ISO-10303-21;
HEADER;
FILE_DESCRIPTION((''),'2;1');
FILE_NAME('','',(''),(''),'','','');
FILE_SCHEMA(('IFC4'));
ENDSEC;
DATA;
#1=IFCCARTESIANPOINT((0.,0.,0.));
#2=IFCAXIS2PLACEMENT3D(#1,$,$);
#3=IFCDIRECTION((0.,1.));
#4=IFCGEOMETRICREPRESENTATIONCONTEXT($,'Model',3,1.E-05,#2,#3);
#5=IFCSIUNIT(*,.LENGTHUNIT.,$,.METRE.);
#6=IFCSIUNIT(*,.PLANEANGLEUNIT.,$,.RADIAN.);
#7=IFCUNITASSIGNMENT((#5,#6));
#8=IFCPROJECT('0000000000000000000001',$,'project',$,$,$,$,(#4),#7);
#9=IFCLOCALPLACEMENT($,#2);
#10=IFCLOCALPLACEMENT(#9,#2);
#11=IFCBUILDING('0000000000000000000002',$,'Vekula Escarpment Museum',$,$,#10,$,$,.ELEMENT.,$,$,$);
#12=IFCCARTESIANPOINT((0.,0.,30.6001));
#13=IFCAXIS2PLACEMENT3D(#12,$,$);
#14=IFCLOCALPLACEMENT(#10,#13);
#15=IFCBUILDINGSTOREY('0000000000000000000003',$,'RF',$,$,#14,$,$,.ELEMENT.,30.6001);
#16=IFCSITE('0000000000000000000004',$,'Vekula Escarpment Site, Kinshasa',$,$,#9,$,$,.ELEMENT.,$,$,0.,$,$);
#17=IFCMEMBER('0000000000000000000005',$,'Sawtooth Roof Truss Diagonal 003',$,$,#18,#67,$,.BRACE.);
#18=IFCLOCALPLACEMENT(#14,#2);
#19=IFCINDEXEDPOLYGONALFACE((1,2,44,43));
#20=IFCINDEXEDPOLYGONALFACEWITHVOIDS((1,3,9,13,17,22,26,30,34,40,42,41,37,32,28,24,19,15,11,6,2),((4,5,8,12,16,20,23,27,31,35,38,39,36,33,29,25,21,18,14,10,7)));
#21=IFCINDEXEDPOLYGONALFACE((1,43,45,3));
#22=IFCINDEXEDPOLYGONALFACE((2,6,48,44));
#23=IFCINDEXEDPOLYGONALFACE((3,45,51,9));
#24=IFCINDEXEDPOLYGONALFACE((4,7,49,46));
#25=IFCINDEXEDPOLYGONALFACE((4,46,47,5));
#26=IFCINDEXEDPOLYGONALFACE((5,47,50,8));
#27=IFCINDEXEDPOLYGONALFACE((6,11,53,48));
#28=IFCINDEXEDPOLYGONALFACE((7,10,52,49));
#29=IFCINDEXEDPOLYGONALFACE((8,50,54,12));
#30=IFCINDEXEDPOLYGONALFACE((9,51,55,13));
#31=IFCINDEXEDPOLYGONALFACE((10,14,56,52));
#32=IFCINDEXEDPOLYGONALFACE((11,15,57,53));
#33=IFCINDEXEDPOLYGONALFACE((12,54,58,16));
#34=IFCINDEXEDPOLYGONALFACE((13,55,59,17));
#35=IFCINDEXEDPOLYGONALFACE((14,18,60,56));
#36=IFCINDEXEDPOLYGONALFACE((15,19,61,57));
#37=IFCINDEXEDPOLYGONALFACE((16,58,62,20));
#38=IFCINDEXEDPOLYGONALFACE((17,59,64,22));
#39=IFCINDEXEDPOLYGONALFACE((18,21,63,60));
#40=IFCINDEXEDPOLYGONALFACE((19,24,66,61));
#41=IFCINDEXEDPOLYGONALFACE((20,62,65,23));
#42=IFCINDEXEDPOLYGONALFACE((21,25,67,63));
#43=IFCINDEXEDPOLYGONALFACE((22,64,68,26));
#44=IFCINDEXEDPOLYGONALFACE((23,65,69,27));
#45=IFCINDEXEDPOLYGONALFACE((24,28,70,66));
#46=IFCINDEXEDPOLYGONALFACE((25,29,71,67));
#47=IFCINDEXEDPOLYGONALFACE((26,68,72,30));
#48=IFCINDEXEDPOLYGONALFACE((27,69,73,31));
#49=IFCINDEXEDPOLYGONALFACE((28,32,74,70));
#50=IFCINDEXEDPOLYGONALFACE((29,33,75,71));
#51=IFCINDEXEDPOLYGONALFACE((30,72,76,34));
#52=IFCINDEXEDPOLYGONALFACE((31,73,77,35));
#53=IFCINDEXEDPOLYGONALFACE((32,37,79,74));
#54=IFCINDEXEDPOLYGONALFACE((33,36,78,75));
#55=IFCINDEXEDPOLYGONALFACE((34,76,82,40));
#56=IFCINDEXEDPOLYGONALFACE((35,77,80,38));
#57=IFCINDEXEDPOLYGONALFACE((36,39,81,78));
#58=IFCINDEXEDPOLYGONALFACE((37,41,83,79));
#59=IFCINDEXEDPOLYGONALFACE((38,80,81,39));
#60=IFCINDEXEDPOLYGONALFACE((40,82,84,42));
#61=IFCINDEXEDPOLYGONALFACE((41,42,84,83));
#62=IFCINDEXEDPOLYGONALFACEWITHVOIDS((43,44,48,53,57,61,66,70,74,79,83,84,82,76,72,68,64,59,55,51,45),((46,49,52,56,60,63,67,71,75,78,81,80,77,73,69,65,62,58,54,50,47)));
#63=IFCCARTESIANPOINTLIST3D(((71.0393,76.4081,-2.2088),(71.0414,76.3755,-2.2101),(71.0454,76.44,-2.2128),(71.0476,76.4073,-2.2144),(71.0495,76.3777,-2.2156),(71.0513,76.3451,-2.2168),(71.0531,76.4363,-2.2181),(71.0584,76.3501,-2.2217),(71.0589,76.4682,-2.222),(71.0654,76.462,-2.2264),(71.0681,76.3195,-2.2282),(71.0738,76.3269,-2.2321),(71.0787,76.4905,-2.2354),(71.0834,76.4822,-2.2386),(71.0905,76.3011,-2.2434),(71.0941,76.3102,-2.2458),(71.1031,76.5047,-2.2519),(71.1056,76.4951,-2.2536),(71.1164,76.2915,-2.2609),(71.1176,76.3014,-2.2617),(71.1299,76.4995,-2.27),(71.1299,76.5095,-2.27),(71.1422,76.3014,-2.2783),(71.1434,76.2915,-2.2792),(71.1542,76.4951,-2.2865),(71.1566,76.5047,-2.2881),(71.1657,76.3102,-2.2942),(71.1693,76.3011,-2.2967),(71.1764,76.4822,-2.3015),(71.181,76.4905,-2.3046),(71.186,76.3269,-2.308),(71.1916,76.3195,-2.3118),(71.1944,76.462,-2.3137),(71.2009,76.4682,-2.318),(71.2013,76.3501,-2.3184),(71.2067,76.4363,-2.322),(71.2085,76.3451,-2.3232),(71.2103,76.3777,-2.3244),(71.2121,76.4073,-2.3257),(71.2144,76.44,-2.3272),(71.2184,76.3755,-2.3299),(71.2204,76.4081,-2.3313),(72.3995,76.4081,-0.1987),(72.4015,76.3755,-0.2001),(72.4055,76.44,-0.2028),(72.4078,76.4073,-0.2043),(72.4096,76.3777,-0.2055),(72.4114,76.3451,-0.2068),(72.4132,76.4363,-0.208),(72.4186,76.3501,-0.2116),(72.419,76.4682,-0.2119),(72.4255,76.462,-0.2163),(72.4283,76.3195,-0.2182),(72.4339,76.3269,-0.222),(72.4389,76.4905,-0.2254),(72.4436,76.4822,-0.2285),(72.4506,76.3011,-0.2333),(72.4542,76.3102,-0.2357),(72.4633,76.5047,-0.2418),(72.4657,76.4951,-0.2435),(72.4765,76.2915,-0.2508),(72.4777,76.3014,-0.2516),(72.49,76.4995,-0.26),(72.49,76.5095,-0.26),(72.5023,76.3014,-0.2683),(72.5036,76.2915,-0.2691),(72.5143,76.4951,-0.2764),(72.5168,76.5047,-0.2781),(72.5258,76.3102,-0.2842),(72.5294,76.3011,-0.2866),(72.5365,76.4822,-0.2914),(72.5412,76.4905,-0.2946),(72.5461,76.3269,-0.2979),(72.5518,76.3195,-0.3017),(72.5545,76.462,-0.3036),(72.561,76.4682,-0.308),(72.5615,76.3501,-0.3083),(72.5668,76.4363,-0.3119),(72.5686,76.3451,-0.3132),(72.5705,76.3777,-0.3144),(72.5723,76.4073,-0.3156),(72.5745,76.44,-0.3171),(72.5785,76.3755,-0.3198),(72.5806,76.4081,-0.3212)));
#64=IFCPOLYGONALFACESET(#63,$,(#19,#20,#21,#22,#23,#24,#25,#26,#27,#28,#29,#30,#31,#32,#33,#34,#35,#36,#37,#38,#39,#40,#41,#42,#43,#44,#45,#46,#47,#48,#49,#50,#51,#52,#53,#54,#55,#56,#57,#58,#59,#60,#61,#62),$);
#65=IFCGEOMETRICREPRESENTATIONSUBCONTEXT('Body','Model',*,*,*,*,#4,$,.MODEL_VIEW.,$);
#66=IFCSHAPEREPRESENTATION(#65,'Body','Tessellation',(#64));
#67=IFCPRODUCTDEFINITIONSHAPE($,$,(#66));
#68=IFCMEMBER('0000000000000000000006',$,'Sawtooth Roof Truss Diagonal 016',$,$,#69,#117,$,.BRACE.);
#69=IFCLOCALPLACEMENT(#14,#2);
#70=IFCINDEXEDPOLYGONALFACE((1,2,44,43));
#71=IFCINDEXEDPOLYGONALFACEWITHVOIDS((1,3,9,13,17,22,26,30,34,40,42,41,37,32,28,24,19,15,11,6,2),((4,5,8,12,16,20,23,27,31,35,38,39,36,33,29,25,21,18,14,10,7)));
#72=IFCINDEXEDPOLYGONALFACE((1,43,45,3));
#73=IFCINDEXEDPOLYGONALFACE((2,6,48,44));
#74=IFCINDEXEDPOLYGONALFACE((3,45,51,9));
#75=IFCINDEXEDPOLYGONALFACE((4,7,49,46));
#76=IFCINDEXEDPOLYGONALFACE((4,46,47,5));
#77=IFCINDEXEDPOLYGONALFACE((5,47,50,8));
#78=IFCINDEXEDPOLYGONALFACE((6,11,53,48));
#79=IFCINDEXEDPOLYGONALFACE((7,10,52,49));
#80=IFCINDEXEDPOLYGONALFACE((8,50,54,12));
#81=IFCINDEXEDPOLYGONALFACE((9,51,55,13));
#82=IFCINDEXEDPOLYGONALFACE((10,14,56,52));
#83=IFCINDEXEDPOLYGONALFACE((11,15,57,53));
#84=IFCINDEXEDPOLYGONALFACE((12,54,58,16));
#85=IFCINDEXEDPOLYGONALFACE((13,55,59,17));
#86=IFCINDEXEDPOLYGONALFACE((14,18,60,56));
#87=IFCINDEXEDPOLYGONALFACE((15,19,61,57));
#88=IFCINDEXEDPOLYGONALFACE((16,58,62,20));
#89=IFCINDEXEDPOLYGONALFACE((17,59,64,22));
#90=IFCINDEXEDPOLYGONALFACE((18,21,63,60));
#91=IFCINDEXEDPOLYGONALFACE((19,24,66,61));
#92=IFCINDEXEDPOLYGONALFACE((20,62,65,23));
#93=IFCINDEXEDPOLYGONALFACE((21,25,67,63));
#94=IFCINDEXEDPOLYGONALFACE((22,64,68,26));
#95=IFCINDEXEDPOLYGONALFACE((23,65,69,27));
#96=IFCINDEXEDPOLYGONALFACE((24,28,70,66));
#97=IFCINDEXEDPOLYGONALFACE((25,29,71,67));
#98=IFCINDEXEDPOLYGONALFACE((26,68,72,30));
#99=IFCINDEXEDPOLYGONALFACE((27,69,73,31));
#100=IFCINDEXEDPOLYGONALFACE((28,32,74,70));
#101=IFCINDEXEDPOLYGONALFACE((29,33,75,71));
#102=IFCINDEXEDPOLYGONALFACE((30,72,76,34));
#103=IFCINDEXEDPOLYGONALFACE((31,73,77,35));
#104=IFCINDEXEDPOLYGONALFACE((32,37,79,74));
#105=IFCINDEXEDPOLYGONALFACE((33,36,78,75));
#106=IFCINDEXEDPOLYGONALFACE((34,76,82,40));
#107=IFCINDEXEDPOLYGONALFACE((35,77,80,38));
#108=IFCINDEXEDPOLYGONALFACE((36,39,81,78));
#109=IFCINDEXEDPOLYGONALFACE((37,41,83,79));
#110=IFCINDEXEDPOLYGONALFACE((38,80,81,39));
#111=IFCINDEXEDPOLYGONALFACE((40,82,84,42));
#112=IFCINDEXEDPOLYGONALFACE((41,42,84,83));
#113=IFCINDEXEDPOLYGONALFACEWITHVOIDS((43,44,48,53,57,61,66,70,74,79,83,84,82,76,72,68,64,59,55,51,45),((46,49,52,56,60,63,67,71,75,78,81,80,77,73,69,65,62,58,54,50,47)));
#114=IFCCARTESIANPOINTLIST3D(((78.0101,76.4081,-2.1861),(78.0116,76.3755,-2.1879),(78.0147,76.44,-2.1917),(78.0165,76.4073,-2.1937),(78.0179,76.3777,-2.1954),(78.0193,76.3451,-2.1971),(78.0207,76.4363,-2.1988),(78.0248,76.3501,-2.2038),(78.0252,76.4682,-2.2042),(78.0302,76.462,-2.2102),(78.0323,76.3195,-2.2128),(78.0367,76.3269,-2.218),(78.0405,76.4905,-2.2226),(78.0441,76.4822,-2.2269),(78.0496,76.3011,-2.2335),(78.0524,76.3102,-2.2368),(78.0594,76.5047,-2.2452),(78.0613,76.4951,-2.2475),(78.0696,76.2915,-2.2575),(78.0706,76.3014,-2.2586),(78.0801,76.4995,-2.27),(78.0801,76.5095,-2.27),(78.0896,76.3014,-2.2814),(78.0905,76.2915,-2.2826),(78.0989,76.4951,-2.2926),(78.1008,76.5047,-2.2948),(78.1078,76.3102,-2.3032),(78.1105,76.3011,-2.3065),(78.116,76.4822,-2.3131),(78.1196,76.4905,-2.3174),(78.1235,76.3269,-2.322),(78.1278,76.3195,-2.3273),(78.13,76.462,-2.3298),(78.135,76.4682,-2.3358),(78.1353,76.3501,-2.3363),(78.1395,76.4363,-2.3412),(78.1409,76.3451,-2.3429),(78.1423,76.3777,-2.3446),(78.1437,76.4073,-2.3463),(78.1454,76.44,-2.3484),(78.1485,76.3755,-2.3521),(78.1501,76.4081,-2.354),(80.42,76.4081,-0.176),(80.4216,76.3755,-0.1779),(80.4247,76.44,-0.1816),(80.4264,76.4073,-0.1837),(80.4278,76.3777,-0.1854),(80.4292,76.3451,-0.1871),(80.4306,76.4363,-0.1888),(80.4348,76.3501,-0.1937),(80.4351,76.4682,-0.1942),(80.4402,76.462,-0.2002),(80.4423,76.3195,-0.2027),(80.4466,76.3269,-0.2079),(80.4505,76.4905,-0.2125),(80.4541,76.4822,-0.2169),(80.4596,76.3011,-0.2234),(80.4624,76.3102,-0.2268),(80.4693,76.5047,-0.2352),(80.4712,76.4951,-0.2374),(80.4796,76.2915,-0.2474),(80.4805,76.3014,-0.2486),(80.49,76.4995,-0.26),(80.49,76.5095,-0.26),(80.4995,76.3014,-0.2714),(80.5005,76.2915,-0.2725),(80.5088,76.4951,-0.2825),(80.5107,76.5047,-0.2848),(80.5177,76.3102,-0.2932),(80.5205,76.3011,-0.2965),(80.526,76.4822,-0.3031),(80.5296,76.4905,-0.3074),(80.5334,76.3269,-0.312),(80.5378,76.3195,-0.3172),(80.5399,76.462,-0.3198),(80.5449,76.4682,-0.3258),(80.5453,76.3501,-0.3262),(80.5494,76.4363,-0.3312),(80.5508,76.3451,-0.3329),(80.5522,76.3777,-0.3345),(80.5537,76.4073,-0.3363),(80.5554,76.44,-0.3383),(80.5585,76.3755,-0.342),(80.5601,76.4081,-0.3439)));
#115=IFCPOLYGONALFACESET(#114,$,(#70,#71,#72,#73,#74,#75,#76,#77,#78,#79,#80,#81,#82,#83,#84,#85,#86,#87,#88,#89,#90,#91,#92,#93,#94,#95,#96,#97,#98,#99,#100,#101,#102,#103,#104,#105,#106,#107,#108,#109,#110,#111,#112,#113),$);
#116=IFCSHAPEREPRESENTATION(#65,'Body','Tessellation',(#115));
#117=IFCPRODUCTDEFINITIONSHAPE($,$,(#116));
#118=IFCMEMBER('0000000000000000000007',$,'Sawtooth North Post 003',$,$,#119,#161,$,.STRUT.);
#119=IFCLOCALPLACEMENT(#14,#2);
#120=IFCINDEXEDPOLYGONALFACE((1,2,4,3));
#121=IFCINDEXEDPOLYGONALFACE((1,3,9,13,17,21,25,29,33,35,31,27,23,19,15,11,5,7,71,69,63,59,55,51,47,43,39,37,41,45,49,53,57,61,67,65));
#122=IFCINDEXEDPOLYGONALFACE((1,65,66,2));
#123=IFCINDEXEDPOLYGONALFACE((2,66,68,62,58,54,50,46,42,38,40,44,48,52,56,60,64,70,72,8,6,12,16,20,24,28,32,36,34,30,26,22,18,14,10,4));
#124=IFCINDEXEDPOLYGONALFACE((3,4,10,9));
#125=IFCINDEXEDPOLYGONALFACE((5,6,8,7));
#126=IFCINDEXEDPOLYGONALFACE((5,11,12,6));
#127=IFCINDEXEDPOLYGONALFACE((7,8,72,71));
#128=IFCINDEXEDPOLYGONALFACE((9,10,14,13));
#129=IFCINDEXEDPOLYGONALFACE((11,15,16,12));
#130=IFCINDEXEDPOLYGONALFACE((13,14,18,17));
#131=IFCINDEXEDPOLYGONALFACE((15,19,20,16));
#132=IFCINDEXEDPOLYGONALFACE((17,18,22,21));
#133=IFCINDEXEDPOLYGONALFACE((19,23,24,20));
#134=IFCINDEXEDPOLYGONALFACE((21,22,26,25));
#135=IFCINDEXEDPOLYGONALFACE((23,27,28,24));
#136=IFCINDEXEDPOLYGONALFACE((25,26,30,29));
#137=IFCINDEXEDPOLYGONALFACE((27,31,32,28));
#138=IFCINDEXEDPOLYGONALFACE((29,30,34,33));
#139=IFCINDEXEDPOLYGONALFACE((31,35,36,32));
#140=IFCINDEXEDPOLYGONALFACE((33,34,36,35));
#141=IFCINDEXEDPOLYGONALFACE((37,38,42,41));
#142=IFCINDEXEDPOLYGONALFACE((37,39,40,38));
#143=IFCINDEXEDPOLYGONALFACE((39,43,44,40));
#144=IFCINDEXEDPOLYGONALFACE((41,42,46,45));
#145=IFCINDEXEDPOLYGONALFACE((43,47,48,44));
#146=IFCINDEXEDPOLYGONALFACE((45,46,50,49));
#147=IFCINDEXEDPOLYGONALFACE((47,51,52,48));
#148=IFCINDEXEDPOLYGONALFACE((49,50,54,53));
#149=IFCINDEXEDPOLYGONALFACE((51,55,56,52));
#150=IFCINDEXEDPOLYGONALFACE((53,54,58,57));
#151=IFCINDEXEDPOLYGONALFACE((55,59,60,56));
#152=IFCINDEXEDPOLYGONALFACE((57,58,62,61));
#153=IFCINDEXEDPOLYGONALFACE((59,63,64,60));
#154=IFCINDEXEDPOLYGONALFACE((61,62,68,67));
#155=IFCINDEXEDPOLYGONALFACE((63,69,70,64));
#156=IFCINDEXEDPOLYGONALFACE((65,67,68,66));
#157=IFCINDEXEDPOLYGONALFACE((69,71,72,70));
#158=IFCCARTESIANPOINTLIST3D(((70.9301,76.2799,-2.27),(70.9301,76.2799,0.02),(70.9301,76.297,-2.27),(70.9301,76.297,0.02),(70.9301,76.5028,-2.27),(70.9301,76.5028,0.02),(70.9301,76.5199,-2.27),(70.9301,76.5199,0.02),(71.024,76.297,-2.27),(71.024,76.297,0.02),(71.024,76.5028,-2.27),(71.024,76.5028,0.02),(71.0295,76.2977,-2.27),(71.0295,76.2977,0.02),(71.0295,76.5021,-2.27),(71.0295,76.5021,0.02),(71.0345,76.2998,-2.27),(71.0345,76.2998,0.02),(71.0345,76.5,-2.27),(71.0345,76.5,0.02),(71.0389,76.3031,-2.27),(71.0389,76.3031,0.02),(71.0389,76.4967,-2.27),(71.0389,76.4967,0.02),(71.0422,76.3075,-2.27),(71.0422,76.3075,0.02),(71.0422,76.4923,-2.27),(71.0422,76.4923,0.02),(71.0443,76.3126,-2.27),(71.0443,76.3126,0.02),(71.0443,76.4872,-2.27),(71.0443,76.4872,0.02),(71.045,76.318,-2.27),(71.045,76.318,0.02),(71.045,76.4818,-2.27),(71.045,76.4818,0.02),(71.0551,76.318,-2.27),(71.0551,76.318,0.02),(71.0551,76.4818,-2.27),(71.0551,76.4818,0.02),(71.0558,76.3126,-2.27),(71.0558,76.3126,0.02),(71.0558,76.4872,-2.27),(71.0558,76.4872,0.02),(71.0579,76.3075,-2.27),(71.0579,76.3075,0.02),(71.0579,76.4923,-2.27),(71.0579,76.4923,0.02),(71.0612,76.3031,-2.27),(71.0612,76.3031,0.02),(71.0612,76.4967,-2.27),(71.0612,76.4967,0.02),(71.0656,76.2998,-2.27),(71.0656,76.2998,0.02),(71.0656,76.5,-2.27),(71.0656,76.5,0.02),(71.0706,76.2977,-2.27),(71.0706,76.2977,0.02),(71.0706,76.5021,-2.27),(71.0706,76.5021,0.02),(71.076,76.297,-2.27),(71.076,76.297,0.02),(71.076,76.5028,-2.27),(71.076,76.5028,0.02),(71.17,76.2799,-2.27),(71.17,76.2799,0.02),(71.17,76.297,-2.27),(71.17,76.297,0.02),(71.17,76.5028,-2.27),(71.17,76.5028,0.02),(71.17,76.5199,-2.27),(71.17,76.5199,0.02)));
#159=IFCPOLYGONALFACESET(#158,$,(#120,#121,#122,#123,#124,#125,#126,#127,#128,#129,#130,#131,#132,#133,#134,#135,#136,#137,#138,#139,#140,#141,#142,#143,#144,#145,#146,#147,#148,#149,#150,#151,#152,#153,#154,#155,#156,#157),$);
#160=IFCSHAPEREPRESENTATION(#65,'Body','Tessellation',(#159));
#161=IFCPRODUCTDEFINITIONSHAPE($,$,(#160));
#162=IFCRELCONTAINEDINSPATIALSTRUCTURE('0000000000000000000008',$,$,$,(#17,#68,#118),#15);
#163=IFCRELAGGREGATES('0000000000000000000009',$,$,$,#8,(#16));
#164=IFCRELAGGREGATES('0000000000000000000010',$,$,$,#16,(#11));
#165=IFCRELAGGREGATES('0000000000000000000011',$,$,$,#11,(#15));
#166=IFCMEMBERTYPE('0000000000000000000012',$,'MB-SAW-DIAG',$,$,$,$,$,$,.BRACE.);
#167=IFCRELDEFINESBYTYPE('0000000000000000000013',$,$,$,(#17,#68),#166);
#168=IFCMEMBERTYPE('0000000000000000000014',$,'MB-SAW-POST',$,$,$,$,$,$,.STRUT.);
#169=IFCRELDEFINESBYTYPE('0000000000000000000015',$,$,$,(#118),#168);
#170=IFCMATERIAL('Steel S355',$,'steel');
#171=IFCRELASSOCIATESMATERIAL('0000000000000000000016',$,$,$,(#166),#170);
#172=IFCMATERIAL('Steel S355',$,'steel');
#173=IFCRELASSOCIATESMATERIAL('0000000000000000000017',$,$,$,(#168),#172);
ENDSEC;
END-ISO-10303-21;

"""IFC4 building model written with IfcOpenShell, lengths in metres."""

from ifc_helpers import new_model, si_unit, direction, frame, origin, origin_2d, place, context, subcontext, project, spatial, hollow_circle, i_section, extrude, material, material_profile, profile_set, type_object, element, save


model = new_model("IFC4")

# Units and contexts
model_context = context("Model", 3, precision=1e-05, world=origin(), true_north=direction((0.0, 1.0)))
body_context = subcontext(model_context, "Body", "Model", "MODEL_VIEW")
ifc_project = project(units=[si_unit("LENGTHUNIT", "METRE"), si_unit("PLANEANGLEUNIT", "RADIAN")], contexts=[model_context])

# Site, building, storey
site_placement = place(None, origin())
site = spatial("IfcSite", under=ifc_project, at=site_placement, Name="Vekula Escarpment Site, Kinshasa", CompositionType="ELEMENT", RefElevation=0.0)
building_placement = place(site_placement, origin())
building = spatial("IfcBuilding", under=site, at=building_placement, Name="Vekula Escarpment Museum", CompositionType="ELEMENT")
storey_placement = place(building_placement, frame((0.0, 0.0, 30.6001)))
storey = spatial("IfcBuildingStorey", under=building, at=storey_placement, Name="RF", CompositionType="ELEMENT", Elevation=30.6001)

# Members
ifc_material_1 = material(Name="Steel S355", Category="steel")
ifc_material_profile_1 = material_profile(ifc_material_1, hollow_circle(Radius=0.1096, WallThickness=0.01, at=origin_2d()), Name="CHS 219.1x10")
ifc_profile_set_1 = profile_set([ifc_material_profile_1], Name="Steel S355")
member_type_1 = type_object("IfcMemberType", Name="MB-SAW-DIAG", PredefinedType="BRACE", material=ifc_profile_set_1)
member_1_placement = place(storey_placement, frame((71.1299, 76.3999, -2.27), z_axis=(0.560421, 0.0, 0.828208), x_axis=(0.0, 1.0, 0.0)))
element("IfcMember", 1, at=member_1_placement, inside=storey, type_object=member_type_1, Name="Sawtooth Roof Truss Diagonal 003", PredefinedType="BRACE", context=body_context, shape_type="SweptSolid", body=[
    extrude(hollow_circle(Radius=0.1096, WallThickness=0.01, at=origin_2d()), origin(), (0.0, 0.0, 1.0), 2.427),
])
member_2_placement = place(storey_placement, frame((78.0801, 76.3999, -2.27), z_axis=(0.767947, 0.0, 0.640513), x_axis=(0.0, 1.0, 0.0)))
element("IfcMember", 2, at=member_2_placement, inside=storey, type_object=member_type_1, Name="Sawtooth Roof Truss Diagonal 016", PredefinedType="BRACE", context=body_context, shape_type="SweptSolid", body=[
    extrude(hollow_circle(Radius=0.1096, WallThickness=0.01, at=origin_2d()), origin(), (0.0, 0.0, 1.0), 3.1382),
])
ifc_material_2 = material(Name="Steel S355", Category="steel")
ifc_material_profile_2 = material_profile(ifc_material_2, i_section(OverallWidth=0.24, OverallDepth=0.24, WebThickness=0.01, FlangeThickness=0.0171, FilletRadius=0.021, at=origin_2d()), Name="HEB 240")
ifc_profile_set_2 = profile_set([ifc_material_profile_2], Name="Steel S355")
member_type_2 = type_object("IfcMemberType", Name="MB-SAW-POST", PredefinedType="STRUT", material=ifc_profile_set_2)
for number, where, z_axis, x_axis, name in (
    (3, (71.05, 76.3999, -2.27), (0.0, 0.0, 1.0), (1.0, 0.0, 0.0), "Sawtooth North Post 003"),
):
    element("IfcMember", number, at=place(storey_placement, frame(where, z_axis=z_axis, x_axis=x_axis)), inside=storey, type_object=member_type_2, Name=name, PredefinedType="STRUT", context=body_context, shape_type="SweptSolid", body=[
        extrude(i_section(OverallWidth=0.24, OverallDepth=0.24, WebThickness=0.01, FlangeThickness=0.0171, FilletRadius=0.021, at=origin_2d()), origin(), (0.0, 0.0, 1.0), 2.29),
    ])

save(model, "model.ifc")
